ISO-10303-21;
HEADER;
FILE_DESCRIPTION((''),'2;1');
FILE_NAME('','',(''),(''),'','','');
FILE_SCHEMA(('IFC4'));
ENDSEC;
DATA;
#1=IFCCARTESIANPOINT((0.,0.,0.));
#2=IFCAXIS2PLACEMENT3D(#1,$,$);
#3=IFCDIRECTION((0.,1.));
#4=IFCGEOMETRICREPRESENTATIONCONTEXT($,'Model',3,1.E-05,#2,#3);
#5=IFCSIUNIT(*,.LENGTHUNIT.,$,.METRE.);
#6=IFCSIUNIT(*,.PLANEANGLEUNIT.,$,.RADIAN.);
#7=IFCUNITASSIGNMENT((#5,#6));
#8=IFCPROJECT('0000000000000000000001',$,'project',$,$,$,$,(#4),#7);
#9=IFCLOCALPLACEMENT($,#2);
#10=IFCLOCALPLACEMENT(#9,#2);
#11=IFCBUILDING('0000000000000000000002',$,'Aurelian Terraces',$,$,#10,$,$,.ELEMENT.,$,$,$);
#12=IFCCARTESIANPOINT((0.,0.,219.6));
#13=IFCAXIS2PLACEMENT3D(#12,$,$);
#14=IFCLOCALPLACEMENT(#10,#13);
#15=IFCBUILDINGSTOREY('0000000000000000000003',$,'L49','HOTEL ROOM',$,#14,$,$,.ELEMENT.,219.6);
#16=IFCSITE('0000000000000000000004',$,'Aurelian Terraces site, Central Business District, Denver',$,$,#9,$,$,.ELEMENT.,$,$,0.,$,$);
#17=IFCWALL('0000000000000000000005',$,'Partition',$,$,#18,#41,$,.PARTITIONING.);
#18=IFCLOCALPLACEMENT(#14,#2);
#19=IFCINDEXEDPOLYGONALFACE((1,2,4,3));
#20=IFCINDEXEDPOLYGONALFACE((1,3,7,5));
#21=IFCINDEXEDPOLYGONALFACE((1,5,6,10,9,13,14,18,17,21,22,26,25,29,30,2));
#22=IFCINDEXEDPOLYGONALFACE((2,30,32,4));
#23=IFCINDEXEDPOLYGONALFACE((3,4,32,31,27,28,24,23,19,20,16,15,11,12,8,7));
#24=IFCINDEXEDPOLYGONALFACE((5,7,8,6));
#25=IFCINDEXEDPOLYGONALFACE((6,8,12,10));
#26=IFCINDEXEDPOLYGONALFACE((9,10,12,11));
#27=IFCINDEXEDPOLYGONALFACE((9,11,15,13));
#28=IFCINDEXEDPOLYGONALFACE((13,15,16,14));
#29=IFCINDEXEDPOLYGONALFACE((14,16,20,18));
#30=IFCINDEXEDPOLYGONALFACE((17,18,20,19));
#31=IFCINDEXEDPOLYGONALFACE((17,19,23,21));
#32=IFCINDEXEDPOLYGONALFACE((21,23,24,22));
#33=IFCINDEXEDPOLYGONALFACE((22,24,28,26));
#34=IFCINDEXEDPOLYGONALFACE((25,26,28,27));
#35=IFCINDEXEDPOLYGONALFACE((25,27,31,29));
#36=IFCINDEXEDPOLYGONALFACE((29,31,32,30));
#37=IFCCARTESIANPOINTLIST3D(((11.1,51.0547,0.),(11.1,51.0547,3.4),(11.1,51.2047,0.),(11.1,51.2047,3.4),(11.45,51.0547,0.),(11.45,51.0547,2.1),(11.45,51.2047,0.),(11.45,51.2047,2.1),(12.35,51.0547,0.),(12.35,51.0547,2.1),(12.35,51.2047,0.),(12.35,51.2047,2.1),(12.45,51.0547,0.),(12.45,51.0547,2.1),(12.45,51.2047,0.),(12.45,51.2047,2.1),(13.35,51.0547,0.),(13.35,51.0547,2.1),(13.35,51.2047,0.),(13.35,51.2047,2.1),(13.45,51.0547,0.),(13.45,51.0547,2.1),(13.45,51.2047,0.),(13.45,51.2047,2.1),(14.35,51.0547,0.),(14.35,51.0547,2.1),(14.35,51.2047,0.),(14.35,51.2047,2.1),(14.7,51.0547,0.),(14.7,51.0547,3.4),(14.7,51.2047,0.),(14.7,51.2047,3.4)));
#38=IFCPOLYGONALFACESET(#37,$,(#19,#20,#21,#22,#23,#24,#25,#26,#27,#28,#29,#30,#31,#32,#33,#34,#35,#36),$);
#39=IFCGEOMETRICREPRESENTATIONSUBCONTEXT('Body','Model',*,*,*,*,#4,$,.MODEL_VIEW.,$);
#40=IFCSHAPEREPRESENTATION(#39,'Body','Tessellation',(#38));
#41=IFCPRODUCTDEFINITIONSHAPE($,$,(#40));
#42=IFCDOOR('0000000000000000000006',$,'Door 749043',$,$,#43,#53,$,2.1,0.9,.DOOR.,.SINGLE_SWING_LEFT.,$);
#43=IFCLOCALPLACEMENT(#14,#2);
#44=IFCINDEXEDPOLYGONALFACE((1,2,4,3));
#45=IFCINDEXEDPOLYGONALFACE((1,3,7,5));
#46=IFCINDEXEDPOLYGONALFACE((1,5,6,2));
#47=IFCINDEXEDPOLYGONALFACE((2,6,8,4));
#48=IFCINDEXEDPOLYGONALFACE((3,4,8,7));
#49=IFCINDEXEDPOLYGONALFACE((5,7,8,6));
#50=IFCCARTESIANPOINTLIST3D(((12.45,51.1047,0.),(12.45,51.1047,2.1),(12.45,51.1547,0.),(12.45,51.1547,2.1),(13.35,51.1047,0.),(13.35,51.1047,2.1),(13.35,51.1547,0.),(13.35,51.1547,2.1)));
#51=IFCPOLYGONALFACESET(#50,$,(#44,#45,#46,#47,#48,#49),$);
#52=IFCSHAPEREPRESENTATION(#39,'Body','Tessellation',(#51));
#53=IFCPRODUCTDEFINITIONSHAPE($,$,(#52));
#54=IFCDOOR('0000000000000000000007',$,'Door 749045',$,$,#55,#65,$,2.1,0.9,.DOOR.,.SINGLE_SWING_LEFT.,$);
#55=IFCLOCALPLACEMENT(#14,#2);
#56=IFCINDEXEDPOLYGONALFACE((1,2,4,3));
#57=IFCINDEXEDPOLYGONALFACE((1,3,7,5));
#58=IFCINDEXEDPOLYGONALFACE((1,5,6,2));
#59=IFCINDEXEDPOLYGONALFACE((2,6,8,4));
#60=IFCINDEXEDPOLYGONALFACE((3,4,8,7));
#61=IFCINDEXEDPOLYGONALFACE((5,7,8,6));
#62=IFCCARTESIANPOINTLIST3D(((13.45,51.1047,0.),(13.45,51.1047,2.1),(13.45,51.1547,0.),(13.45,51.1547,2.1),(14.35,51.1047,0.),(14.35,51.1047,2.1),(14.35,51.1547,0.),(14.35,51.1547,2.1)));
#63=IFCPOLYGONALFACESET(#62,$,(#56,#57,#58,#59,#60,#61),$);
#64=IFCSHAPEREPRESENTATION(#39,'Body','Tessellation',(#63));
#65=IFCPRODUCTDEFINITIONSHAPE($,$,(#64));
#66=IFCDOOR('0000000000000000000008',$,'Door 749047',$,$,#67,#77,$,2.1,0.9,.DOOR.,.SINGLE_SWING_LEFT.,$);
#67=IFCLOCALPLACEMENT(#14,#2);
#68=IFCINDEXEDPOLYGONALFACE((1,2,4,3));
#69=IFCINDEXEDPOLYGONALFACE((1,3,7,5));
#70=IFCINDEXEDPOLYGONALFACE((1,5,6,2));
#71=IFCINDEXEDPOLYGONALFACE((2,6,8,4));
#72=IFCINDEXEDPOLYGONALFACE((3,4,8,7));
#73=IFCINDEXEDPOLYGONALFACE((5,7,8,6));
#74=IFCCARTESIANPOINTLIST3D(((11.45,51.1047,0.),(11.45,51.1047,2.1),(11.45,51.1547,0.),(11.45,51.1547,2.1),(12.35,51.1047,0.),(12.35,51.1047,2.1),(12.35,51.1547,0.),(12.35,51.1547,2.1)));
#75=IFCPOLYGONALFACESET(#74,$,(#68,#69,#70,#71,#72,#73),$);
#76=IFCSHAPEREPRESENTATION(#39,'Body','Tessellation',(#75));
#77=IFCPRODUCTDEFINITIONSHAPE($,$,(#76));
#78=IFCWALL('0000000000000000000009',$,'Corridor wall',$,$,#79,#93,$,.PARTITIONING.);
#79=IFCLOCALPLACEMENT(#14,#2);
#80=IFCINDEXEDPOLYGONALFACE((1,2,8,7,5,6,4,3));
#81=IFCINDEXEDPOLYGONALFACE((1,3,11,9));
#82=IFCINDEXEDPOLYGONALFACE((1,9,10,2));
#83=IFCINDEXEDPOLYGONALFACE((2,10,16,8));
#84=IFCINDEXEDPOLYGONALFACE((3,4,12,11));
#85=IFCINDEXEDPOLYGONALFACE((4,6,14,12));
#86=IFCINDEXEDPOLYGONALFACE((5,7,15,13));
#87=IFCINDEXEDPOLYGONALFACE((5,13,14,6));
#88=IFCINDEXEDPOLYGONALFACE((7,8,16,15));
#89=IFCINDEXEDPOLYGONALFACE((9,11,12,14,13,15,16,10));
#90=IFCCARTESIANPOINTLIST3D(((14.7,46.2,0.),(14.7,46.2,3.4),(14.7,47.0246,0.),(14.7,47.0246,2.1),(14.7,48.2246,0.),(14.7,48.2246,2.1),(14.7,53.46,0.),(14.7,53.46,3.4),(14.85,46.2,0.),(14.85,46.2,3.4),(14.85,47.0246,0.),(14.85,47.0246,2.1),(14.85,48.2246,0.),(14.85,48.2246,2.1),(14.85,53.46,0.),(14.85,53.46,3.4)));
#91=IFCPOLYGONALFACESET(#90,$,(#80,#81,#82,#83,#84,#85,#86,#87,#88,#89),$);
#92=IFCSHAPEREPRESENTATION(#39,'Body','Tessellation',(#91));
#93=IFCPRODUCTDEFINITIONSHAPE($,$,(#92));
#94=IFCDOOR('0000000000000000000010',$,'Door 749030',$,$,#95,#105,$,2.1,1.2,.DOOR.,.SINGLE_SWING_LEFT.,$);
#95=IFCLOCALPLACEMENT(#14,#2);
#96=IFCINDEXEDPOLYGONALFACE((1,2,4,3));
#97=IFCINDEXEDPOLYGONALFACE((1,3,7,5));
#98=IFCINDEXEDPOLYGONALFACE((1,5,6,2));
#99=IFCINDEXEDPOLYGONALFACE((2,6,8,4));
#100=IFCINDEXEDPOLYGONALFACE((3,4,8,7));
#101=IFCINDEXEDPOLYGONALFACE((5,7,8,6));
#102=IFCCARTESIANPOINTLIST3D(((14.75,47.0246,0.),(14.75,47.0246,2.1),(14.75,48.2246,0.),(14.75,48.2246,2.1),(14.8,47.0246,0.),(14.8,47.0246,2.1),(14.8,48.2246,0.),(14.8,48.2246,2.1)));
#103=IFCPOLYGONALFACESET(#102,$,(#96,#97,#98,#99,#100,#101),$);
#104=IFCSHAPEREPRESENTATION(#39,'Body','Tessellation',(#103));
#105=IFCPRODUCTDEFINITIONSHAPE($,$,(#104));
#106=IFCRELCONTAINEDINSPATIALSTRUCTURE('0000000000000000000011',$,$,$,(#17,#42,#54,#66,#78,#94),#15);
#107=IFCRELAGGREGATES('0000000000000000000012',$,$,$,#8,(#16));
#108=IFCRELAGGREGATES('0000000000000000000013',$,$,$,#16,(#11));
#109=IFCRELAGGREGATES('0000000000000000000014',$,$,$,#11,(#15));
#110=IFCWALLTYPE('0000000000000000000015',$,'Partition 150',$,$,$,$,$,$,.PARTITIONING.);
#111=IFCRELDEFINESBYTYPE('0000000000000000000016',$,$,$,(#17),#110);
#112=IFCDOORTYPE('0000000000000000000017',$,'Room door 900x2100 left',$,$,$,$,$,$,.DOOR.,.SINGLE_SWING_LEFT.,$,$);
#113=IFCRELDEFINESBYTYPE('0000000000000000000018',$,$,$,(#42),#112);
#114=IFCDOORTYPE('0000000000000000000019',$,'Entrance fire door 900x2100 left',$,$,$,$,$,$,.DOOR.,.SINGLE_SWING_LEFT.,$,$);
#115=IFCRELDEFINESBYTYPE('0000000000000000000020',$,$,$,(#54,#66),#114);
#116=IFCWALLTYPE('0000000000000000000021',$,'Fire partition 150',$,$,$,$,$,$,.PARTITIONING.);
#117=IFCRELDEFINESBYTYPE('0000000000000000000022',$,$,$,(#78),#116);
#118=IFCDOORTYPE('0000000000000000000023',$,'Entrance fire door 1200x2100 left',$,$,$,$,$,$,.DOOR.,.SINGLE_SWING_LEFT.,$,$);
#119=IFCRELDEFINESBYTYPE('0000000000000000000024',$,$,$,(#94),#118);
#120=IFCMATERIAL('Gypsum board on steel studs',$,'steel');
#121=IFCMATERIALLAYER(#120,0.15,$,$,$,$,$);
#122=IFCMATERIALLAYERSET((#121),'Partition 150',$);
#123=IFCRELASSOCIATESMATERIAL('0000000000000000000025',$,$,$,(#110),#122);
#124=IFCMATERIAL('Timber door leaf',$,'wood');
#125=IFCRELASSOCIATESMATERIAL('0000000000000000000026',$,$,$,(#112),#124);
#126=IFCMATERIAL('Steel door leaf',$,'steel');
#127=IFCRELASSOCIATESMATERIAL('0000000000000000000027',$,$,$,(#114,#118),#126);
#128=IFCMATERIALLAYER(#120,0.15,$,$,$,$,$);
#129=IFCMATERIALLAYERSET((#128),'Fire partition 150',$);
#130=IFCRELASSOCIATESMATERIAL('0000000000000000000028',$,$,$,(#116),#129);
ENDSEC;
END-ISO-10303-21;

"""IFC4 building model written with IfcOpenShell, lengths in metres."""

from ifc_helpers import new_model, si_unit, direction, frame, frame_2d, origin, place, context, subcontext, project, spatial, rectangle, extrude, source, transform, mapped, material, layer, layer_set, type_object, element, fill, save


model = new_model("IFC4")

# Units and contexts
model_context = context("Model", 3, precision=1e-05, world=origin(), true_north=direction((0.0, 1.0)))
body_context = subcontext(model_context, "Body", "Model", "MODEL_VIEW")
ifc_project = project(units=[si_unit("LENGTHUNIT", "METRE"), si_unit("PLANEANGLEUNIT", "RADIAN")], contexts=[model_context])

# Site, building, storey
site_placement = place(None, origin())
site = spatial("IfcSite", under=ifc_project, at=site_placement, Name="Aurelian Terraces site, Central Business District, Denver", CompositionType="ELEMENT", RefElevation=0.0)
building_placement = place(site_placement, origin())
building = spatial("IfcBuilding", under=site, at=building_placement, Name="Aurelian Terraces", CompositionType="ELEMENT")
storey_placement = place(building_placement, frame((0.0, 0.0, 219.6)))
storey = spatial("IfcBuildingStorey", under=building, at=storey_placement, Name="L49", Description="HOTEL ROOM", CompositionType="ELEMENT", Elevation=219.6)

# Shared definitions
ifc_material_1 = material(Name="Gypsum board on steel studs", Category="steel")
ifc_layer_1 = layer(ifc_material_1, 0.15)
ifc_layer_set_1 = layer_set([ifc_layer_1], Name="Partition 150")
wall_type_1 = type_object("IfcWallType", Name="Partition 150", PredefinedType="PARTITIONING", material=ifc_layer_set_1)
shared_shape_1 = source(origin(), body_context, "Body", "SweptSolid", [
    extrude(rectangle(XDim=3.6, YDim=0.15, at=frame_2d((1.8, 0.0))), origin(), (0.0, 0.0, 1.0), 3.4),
])

# Wall, openings, doors
wall_1_placement = place(storey_placement, frame((14.7, 51.1297, 0.0), z_axis=(0.0, 0.0, 1.0), x_axis=(-1.0, 0.0, 0.0)))
wall_1 = element("IfcWall", 1, at=wall_1_placement, inside=storey, type_object=wall_type_1, Name="Partition", PredefinedType="PARTITIONING", context=body_context, shape_type="MappedRepresentation", body=[
    mapped(shared_shape_1, transform((0.0, 0.0, 0.0), scale=1.0)),
])
shared_shape_2 = source(origin(), body_context, "Body", "SweptSolid", [
    extrude(rectangle(XDim=0.9, YDim=2.1, at=frame_2d((0.45, 1.05))), frame((0.0, 0.085, 0.0), z_axis=(0.0, -1.0, 0.0), x_axis=(1.0, 0.0, 0.0)), (0.0, 0.0, 1.0), 0.17),
])
opening_1_placement = place(wall_1_placement, frame((1.35, 0.0, 0.0)))
opening_1 = element("IfcOpeningElement", 2, at=opening_1_placement, cuts=wall_1, PredefinedType="OPENING", context=body_context, shape_type="MappedRepresentation", body=[
    mapped(shared_shape_2, transform((0.0, 0.0, 0.0), scale=1.0)),
])
opening_2_placement = place(wall_1_placement, frame((0.35, 0.0, 0.0)))
opening_2 = element("IfcOpeningElement", 3, at=opening_2_placement, cuts=wall_1, PredefinedType="OPENING", context=body_context, shape_type="MappedRepresentation", body=[
    mapped(shared_shape_2, transform((0.0, 0.0, 0.0), scale=1.0)),
])
opening_3_placement = place(wall_1_placement, frame((2.35, 0.0, 0.0)))
opening_3 = element("IfcOpeningElement", 4, at=opening_3_placement, cuts=wall_1, PredefinedType="OPENING", context=body_context, shape_type="MappedRepresentation", body=[
    mapped(shared_shape_2, transform((0.0, 0.0, 0.0), scale=1.0)),
])
ifc_material_2 = material(Name="Timber door leaf", Category="wood")
door_type_1 = type_object("IfcDoorType", Name="Room door 900x2100 left", OperationType="SINGLE_SWING_LEFT", PredefinedType="DOOR", material=ifc_material_2)
shared_shape_3 = source(origin(), body_context, "Body", "SweptSolid", [
    extrude(rectangle(XDim=0.9, YDim=2.1, at=frame_2d((0.45, 1.05))), frame((0.0, 0.025, 0.0), z_axis=(0.0, -1.0, 0.0), x_axis=(1.0, 0.0, 0.0)), (0.0, 0.0, 1.0), 0.05),
])
door_1_placement = place(opening_1_placement, origin())
door_1 = element("IfcDoor", 5, at=door_1_placement, inside=storey, type_object=door_type_1, Name="Door 749043", OperationType="SINGLE_SWING_LEFT", OverallHeight=2.1, OverallWidth=0.9, PredefinedType="DOOR", context=body_context, shape_type="MappedRepresentation", body=[
    mapped(shared_shape_3, transform((0.0, 0.0, 0.0), scale=1.0)),
])
fill(opening_1, door_1)
ifc_material_3 = material(Name="Steel door leaf", Category="steel")
door_type_2 = type_object("IfcDoorType", Name="Entrance fire door 900x2100 left", OperationType="SINGLE_SWING_LEFT", PredefinedType="DOOR", material=ifc_material_3)
door_2_placement = place(opening_2_placement, origin())
door_2 = element("IfcDoor", 6, at=door_2_placement, inside=storey, type_object=door_type_2, Name="Door 749045", OperationType="SINGLE_SWING_LEFT", OverallHeight=2.1, OverallWidth=0.9, PredefinedType="DOOR", context=body_context, shape_type="MappedRepresentation", body=[
    mapped(shared_shape_3, transform((0.0, 0.0, 0.0), scale=1.0)),
])
fill(opening_2, door_2)
door_3_placement = place(opening_3_placement, origin())
door_3 = element("IfcDoor", 7, at=door_3_placement, inside=storey, type_object=door_type_2, Name="Door 749047", OperationType="SINGLE_SWING_LEFT", OverallHeight=2.1, OverallWidth=0.9, PredefinedType="DOOR", context=body_context, shape_type="MappedRepresentation", body=[
    mapped(shared_shape_3, transform((0.0, 0.0, 0.0), scale=1.0)),
])
fill(opening_3, door_3)

# Wall, opening, door
ifc_layer_2 = layer(ifc_material_1, 0.15)
ifc_layer_set_2 = layer_set([ifc_layer_2], Name="Fire partition 150")
wall_type_2 = type_object("IfcWallType", Name="Fire partition 150", PredefinedType="PARTITIONING", material=ifc_layer_set_2)
shared_shape_4 = source(origin(), body_context, "Body", "SweptSolid", [
    extrude(rectangle(XDim=7.26, YDim=0.15, at=frame_2d((3.63, 0.0))), origin(), (0.0, 0.0, 1.0), 3.4),
])
wall_2_placement = place(storey_placement, frame((14.775, 46.2, 0.0), z_axis=(0.0, 0.0, 1.0), x_axis=(0.0, 1.0, 0.0)))
wall_2 = element("IfcWall", 8, at=wall_2_placement, inside=storey, type_object=wall_type_2, Name="Corridor wall", PredefinedType="PARTITIONING", context=body_context, shape_type="MappedRepresentation", body=[
    mapped(shared_shape_4, transform((0.0, 0.0, 0.0), scale=1.0)),
])
shared_shape_5 = source(origin(), body_context, "Body", "SweptSolid", [
    extrude(rectangle(XDim=1.2, YDim=2.1, at=frame_2d((0.6, 1.05))), frame((0.0, 0.085, 0.0), z_axis=(0.0, -1.0, 0.0), x_axis=(1.0, 0.0, 0.0)), (0.0, 0.0, 1.0), 0.17),
])
opening_4_placement = place(wall_2_placement, frame((0.8246, 0.0, 0.0)))
opening_4 = element("IfcOpeningElement", 9, at=opening_4_placement, cuts=wall_2, PredefinedType="OPENING", context=body_context, shape_type="MappedRepresentation", body=[
    mapped(shared_shape_5, transform((0.0, 0.0, 0.0), scale=1.0)),
])
door_type_3 = type_object("IfcDoorType", Name="Entrance fire door 1200x2100 left", OperationType="SINGLE_SWING_LEFT", PredefinedType="DOOR", material=ifc_material_3)
shared_shape_6 = source(origin(), body_context, "Body", "SweptSolid", [
    extrude(rectangle(XDim=1.2, YDim=2.1, at=frame_2d((0.6, 1.05))), frame((0.0, 0.025, 0.0), z_axis=(0.0, -1.0, 0.0), x_axis=(1.0, 0.0, 0.0)), (0.0, 0.0, 1.0), 0.05),
])
door_4_placement = place(opening_4_placement, origin())
door_4 = element("IfcDoor", 10, at=door_4_placement, inside=storey, type_object=door_type_3, Name="Door 749030", OperationType="SINGLE_SWING_LEFT", OverallHeight=2.1, OverallWidth=1.2, PredefinedType="DOOR", context=body_context, shape_type="MappedRepresentation", body=[
    mapped(shared_shape_6, transform((0.0, 0.0, 0.0), scale=1.0)),
])
fill(opening_4, door_4)

save(model, "model.ifc")
